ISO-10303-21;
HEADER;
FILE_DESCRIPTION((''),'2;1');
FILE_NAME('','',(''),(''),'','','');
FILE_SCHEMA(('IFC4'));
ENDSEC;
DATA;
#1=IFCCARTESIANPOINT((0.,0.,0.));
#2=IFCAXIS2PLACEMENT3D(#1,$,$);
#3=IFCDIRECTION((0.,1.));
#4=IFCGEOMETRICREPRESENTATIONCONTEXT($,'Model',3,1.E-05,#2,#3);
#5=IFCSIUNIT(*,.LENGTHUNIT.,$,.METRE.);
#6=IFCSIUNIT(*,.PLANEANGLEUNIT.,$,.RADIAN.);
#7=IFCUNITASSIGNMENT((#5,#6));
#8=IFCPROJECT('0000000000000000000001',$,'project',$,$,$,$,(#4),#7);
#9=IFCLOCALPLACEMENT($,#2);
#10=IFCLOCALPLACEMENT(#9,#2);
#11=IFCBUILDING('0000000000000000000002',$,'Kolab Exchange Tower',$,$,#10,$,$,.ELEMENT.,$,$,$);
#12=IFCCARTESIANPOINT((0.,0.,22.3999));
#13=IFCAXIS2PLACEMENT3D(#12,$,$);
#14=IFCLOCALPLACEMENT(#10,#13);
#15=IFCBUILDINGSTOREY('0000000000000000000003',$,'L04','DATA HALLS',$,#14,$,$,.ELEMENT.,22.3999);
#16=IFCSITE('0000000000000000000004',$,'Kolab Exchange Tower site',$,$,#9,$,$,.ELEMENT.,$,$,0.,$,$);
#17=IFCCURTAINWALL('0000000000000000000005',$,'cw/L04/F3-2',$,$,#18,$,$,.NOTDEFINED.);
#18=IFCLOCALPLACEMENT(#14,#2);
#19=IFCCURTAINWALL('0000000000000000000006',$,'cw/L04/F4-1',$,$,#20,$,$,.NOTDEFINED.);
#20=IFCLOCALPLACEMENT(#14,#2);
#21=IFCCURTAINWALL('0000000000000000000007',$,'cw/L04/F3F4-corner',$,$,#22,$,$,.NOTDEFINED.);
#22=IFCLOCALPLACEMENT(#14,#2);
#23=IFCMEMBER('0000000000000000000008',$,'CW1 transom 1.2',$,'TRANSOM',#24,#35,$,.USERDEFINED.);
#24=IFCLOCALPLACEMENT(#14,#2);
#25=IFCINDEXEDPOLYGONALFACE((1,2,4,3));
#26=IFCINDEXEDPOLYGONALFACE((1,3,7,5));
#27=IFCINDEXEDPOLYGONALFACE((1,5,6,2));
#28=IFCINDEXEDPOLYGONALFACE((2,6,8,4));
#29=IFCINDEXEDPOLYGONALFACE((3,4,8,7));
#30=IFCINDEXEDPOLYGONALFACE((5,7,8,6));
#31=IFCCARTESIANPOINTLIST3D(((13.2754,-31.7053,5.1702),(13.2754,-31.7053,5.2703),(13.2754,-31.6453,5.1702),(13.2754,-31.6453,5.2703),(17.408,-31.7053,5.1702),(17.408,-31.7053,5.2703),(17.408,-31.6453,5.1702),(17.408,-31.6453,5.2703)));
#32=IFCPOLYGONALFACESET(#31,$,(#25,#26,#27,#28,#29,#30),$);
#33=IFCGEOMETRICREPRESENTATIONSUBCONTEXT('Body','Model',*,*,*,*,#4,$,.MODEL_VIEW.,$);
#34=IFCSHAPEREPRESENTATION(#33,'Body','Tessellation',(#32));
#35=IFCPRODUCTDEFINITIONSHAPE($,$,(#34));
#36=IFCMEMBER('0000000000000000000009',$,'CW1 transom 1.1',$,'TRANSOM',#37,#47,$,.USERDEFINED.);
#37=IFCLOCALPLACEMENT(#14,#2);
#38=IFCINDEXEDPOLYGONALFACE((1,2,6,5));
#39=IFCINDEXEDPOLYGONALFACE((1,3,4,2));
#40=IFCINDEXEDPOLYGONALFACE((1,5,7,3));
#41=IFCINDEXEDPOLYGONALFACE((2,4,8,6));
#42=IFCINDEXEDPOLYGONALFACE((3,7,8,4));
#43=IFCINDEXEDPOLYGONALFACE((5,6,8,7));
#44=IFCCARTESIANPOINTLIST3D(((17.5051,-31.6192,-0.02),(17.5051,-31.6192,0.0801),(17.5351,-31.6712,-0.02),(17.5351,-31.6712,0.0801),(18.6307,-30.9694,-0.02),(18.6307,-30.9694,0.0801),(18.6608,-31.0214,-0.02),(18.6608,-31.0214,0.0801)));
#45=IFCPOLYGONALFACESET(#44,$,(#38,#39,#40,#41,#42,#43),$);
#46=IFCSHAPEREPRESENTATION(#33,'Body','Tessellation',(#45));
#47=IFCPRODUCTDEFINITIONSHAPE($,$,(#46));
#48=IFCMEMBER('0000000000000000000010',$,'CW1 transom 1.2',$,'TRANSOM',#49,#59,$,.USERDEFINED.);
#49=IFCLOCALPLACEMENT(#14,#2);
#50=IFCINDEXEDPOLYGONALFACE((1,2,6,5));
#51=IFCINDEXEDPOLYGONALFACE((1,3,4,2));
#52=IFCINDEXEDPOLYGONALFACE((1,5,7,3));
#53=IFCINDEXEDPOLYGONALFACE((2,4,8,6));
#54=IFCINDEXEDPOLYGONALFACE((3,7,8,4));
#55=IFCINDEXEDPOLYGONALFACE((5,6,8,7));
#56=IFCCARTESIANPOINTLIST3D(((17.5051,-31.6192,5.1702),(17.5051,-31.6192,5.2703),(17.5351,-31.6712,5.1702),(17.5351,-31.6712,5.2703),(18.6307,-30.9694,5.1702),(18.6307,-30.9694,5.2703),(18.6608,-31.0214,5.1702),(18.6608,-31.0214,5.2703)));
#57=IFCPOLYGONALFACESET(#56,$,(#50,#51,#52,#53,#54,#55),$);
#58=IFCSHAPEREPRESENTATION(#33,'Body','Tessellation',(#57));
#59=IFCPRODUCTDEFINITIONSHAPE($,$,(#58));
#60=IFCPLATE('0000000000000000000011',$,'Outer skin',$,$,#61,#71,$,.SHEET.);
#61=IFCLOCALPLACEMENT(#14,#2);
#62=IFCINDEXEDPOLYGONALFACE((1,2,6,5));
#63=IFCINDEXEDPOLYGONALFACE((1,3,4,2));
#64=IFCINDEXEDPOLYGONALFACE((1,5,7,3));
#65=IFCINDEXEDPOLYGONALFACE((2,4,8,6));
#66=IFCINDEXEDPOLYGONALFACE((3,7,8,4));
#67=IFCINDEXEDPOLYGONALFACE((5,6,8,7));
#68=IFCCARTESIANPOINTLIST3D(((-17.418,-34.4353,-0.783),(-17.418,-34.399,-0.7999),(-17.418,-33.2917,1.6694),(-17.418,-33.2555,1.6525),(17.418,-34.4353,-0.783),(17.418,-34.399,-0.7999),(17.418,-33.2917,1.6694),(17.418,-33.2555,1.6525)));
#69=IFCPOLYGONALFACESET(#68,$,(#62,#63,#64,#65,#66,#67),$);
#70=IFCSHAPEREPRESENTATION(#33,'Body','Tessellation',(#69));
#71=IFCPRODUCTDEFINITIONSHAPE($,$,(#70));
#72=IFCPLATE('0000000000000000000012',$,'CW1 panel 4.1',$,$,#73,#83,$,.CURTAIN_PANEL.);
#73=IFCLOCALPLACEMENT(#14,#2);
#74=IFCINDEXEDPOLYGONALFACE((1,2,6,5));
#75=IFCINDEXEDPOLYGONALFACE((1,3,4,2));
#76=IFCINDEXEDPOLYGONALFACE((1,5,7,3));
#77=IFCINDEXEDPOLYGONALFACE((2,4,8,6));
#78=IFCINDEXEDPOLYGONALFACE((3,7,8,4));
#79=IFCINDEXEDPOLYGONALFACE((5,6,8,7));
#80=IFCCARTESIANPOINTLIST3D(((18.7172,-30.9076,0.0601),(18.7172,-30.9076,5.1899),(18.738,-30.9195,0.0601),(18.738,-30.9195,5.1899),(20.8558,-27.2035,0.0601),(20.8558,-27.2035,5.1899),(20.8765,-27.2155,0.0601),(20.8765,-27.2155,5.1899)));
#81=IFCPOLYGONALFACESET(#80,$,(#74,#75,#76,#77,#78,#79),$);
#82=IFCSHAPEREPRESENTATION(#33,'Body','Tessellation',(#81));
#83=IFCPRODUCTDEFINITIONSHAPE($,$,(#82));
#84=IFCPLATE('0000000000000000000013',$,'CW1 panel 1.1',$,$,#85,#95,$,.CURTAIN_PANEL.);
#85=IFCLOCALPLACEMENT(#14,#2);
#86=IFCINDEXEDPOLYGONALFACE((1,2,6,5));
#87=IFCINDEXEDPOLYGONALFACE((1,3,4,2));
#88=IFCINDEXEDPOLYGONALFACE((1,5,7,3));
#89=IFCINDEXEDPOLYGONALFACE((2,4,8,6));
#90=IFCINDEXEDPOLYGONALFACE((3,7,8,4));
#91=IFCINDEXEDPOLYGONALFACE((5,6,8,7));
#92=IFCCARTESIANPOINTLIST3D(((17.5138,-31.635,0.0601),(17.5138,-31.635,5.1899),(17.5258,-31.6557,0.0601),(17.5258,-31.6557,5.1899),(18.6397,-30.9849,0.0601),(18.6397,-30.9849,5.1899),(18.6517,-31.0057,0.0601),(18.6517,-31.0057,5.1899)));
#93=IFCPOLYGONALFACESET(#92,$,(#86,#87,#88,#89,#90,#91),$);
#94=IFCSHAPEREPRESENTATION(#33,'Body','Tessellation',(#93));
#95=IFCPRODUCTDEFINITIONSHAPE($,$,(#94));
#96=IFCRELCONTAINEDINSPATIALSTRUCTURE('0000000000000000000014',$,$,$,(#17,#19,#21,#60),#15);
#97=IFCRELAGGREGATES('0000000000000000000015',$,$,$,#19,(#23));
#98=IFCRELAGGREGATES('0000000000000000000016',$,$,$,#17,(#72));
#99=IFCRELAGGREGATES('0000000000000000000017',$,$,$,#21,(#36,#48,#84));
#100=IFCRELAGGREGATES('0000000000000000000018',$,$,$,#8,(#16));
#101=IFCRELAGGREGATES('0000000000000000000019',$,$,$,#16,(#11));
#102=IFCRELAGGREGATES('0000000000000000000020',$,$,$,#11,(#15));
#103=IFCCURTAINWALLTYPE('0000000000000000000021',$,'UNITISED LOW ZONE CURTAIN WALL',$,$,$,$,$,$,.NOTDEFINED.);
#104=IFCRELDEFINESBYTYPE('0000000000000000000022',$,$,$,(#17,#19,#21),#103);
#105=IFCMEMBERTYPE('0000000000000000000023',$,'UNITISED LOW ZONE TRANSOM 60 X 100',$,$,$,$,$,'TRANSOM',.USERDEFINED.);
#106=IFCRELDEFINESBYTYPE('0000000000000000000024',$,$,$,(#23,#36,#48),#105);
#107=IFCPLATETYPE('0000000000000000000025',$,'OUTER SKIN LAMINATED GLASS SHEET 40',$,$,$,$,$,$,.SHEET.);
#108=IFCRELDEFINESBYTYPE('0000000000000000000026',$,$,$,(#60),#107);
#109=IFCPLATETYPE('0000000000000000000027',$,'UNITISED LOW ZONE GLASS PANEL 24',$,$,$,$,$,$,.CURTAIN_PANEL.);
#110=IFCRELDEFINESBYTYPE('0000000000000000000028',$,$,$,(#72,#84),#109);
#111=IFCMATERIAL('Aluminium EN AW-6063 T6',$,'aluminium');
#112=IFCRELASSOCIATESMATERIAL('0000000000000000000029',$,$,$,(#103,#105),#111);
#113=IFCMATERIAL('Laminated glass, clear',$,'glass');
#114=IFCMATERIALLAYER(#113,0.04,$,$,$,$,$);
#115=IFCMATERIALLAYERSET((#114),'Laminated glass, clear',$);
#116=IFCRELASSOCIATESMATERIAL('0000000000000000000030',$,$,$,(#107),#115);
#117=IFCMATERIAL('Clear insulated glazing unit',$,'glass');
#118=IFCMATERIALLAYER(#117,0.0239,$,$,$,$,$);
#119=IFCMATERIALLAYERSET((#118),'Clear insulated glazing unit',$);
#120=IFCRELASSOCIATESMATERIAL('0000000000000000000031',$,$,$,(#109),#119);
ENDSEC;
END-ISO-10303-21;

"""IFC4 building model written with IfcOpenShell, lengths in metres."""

from ifc_helpers import new_model, si_unit, direction, frame, origin, origin_2d, place, context, subcontext, project, spatial, polyline, rectangle, outline, extrude, material, layer, layer_set, material_profile, profile_set, type_object, element, aggregate, save


model = new_model("IFC4")

# Units and contexts
model_context = context("Model", 3, precision=1e-05, world=origin(), true_north=direction((0.0, 1.0)))
body_context = subcontext(model_context, "Body", "Model", "MODEL_VIEW")
ifc_project = project(units=[si_unit("LENGTHUNIT", "METRE"), si_unit("PLANEANGLEUNIT", "RADIAN")], contexts=[model_context])

# Site, building, storey
site_placement = place(None, origin())
site = spatial("IfcSite", under=ifc_project, at=site_placement, Name="Kolab Exchange Tower site", CompositionType="ELEMENT", RefElevation=0.0)
building_placement = place(site_placement, origin())
building = spatial("IfcBuilding", under=site, at=building_placement, Name="Kolab Exchange Tower", CompositionType="ELEMENT")
storey_placement = place(building_placement, frame((0.0, 0.0, 22.3999)))
storey = spatial("IfcBuildingStorey", under=building, at=storey_placement, Name="L04", Description="DATA HALLS", CompositionType="ELEMENT", Elevation=22.3999)

# Curtain wall
ifc_material_1 = material(Name="Aluminium EN AW-6063 T6", Category="aluminium")
curtain_wall_type = type_object("IfcCurtainWallType", Name="UNITISED LOW ZONE CURTAIN WALL", PredefinedType="NOTDEFINED", material=ifc_material_1)
curtain_wall_1_placement = place(storey_placement, origin())
curtain_wall_1 = element("IfcCurtainWall", 1, at=curtain_wall_1_placement, inside=storey, type_object=curtain_wall_type, Name="cw/L04/F3-2", PredefinedType="NOTDEFINED")

# Curtain wall
curtain_wall_2_placement = place(storey_placement, origin())
curtain_wall_2 = element("IfcCurtainWall", 2, at=curtain_wall_2_placement, inside=storey, type_object=curtain_wall_type, Name="cw/L04/F4-1", PredefinedType="NOTDEFINED")

# Curtain wall
curtain_wall_3_placement = place(storey_placement, origin())
curtain_wall_3 = element("IfcCurtainWall", 3, at=curtain_wall_3_placement, inside=storey, type_object=curtain_wall_type, Name="cw/L04/F3F4-corner", PredefinedType="NOTDEFINED")

# Members
ifc_material_profile_1 = material_profile(ifc_material_1, rectangle(XDim=0.0601, YDim=0.1001, at=origin_2d()), Name="RECT 60X100")
ifc_profile_set_1 = profile_set([ifc_material_profile_1], Name="Aluminium EN AW-6063 T6")
member_type_1 = type_object("IfcMemberType", Name="UNITISED LOW ZONE TRANSOM 60 X 100", ElementType="TRANSOM", PredefinedType="USERDEFINED", material=ifc_profile_set_1)
member_1_placement = place(storey_placement, frame((17.408, -31.6753, 5.2202), z_axis=(-1.0, 0.0, 0.0), x_axis=(0.0, -1.0, 0.0)))
member_1 = element("IfcMember", 4, at=member_1_placement, type_object=member_type_1, Name="CW1 transom 1.2", ObjectType="TRANSOM", PredefinedType="USERDEFINED", context=body_context, shape_type="SweptSolid", body=[
    extrude(rectangle(XDim=0.0601, YDim=0.1001, at=origin_2d()), origin(), (0.0, 0.0, 1.0), 4.1326),
])
aggregate(curtain_wall_2, [member_1])
member_2_placement = place(storey_placement, frame((18.6458, -30.9954, 0.03), z_axis=(-0.866039, -0.499977, 0.0), x_axis=(0.499977, -0.866039, 0.0)))
member_2 = element("IfcMember", 5, at=member_2_placement, type_object=member_type_1, Name="CW1 transom 1.1", ObjectType="TRANSOM", PredefinedType="USERDEFINED", context=body_context, shape_type="SweptSolid", body=[
    extrude(rectangle(XDim=0.0601, YDim=0.1001, at=origin_2d()), origin(), (0.0, 0.0, 1.0), 1.2998),
])
member_3_placement = place(storey_placement, frame((18.6458, -30.9954, 5.2202), z_axis=(-0.866039, -0.499977, 0.0), x_axis=(0.499977, -0.866039, 0.0)))
member_3 = element("IfcMember", 6, at=member_3_placement, type_object=member_type_1, Name="CW1 transom 1.2", ObjectType="TRANSOM", PredefinedType="USERDEFINED", context=body_context, shape_type="SweptSolid", body=[
    extrude(rectangle(XDim=0.0601, YDim=0.1001, at=origin_2d()), origin(), (0.0, 0.0, 1.0), 1.2998),
])

# Plates
ifc_material_2 = material(Name="Laminated glass, clear", Category="glass")
ifc_layer_1 = layer(ifc_material_2, 0.04)
ifc_layer_set_1 = layer_set([ifc_layer_1], Name="Laminated glass, clear")
plate_type_1 = type_object("IfcPlateType", Name="OUTER SKIN LAMINATED GLASS SHEET 40", PredefinedType="SHEET", material=ifc_layer_set_1)
plate_1_placement = place(storey_placement, frame((17.418, -34.4353, -0.783), z_axis=(0.0, -0.90631, 0.422614), x_axis=(-1.0, 0.0, 0.0)))
element("IfcPlate", 7, at=plate_1_placement, inside=storey, type_object=plate_type_1, Name="Outer skin", PredefinedType="SHEET", context=body_context, shape_type="SweptSolid", body=[
    extrude(outline(polyline([(0.0, 0.0), (34.8359, 0.0), (34.8359, -2.7059), (0.0, -2.7059), (0.0, 0.0)])), origin(), (0.0, 0.0, -1.0), 0.04),
])
ifc_material_3 = material(Name="Clear insulated glazing unit", Category="glass")
ifc_layer_2 = layer(ifc_material_3, 0.0239)
ifc_layer_set_2 = layer_set([ifc_layer_2], Name="Clear insulated glazing unit")
plate_type_2 = type_object("IfcPlateType", Name="UNITISED LOW ZONE GLASS PANEL 24", PredefinedType="CURTAIN_PANEL", material=ifc_layer_set_2)
plate_2_placement = place(storey_placement, frame((19.7969, -29.0615, 0.0601), z_axis=(0.0, 0.0, 1.0), x_axis=(-0.5, -0.866025, 0.0)))
plate_2 = element("IfcPlate", 8, at=plate_2_placement, type_object=plate_type_2, Name="CW1 panel 4.1", PredefinedType="CURTAIN_PANEL", context=body_context, shape_type="SweptSolid", body=[
    extrude(rectangle(XDim=4.2771, YDim=0.0239, at=origin_2d()), origin(), (0.0, 0.0, 1.0), 5.1299),
])
aggregate(curtain_wall_1, [plate_2])
plate_3_placement = place(storey_placement, frame((18.0828, -31.3203, 0.0601), z_axis=(0.0, 0.0, 1.0), x_axis=(-0.866025, -0.5, 0.0)))
plate_3 = element("IfcPlate", 9, at=plate_3_placement, type_object=plate_type_2, Name="CW1 panel 1.1", PredefinedType="CURTAIN_PANEL", context=body_context, shape_type="SweptSolid", body=[
    extrude(rectangle(XDim=1.3, YDim=0.0239, at=origin_2d()), origin(), (0.0, 0.0, 1.0), 5.1299),
])
aggregate(curtain_wall_3, [member_2, member_3, plate_3])

save(model, "model.ifc")
